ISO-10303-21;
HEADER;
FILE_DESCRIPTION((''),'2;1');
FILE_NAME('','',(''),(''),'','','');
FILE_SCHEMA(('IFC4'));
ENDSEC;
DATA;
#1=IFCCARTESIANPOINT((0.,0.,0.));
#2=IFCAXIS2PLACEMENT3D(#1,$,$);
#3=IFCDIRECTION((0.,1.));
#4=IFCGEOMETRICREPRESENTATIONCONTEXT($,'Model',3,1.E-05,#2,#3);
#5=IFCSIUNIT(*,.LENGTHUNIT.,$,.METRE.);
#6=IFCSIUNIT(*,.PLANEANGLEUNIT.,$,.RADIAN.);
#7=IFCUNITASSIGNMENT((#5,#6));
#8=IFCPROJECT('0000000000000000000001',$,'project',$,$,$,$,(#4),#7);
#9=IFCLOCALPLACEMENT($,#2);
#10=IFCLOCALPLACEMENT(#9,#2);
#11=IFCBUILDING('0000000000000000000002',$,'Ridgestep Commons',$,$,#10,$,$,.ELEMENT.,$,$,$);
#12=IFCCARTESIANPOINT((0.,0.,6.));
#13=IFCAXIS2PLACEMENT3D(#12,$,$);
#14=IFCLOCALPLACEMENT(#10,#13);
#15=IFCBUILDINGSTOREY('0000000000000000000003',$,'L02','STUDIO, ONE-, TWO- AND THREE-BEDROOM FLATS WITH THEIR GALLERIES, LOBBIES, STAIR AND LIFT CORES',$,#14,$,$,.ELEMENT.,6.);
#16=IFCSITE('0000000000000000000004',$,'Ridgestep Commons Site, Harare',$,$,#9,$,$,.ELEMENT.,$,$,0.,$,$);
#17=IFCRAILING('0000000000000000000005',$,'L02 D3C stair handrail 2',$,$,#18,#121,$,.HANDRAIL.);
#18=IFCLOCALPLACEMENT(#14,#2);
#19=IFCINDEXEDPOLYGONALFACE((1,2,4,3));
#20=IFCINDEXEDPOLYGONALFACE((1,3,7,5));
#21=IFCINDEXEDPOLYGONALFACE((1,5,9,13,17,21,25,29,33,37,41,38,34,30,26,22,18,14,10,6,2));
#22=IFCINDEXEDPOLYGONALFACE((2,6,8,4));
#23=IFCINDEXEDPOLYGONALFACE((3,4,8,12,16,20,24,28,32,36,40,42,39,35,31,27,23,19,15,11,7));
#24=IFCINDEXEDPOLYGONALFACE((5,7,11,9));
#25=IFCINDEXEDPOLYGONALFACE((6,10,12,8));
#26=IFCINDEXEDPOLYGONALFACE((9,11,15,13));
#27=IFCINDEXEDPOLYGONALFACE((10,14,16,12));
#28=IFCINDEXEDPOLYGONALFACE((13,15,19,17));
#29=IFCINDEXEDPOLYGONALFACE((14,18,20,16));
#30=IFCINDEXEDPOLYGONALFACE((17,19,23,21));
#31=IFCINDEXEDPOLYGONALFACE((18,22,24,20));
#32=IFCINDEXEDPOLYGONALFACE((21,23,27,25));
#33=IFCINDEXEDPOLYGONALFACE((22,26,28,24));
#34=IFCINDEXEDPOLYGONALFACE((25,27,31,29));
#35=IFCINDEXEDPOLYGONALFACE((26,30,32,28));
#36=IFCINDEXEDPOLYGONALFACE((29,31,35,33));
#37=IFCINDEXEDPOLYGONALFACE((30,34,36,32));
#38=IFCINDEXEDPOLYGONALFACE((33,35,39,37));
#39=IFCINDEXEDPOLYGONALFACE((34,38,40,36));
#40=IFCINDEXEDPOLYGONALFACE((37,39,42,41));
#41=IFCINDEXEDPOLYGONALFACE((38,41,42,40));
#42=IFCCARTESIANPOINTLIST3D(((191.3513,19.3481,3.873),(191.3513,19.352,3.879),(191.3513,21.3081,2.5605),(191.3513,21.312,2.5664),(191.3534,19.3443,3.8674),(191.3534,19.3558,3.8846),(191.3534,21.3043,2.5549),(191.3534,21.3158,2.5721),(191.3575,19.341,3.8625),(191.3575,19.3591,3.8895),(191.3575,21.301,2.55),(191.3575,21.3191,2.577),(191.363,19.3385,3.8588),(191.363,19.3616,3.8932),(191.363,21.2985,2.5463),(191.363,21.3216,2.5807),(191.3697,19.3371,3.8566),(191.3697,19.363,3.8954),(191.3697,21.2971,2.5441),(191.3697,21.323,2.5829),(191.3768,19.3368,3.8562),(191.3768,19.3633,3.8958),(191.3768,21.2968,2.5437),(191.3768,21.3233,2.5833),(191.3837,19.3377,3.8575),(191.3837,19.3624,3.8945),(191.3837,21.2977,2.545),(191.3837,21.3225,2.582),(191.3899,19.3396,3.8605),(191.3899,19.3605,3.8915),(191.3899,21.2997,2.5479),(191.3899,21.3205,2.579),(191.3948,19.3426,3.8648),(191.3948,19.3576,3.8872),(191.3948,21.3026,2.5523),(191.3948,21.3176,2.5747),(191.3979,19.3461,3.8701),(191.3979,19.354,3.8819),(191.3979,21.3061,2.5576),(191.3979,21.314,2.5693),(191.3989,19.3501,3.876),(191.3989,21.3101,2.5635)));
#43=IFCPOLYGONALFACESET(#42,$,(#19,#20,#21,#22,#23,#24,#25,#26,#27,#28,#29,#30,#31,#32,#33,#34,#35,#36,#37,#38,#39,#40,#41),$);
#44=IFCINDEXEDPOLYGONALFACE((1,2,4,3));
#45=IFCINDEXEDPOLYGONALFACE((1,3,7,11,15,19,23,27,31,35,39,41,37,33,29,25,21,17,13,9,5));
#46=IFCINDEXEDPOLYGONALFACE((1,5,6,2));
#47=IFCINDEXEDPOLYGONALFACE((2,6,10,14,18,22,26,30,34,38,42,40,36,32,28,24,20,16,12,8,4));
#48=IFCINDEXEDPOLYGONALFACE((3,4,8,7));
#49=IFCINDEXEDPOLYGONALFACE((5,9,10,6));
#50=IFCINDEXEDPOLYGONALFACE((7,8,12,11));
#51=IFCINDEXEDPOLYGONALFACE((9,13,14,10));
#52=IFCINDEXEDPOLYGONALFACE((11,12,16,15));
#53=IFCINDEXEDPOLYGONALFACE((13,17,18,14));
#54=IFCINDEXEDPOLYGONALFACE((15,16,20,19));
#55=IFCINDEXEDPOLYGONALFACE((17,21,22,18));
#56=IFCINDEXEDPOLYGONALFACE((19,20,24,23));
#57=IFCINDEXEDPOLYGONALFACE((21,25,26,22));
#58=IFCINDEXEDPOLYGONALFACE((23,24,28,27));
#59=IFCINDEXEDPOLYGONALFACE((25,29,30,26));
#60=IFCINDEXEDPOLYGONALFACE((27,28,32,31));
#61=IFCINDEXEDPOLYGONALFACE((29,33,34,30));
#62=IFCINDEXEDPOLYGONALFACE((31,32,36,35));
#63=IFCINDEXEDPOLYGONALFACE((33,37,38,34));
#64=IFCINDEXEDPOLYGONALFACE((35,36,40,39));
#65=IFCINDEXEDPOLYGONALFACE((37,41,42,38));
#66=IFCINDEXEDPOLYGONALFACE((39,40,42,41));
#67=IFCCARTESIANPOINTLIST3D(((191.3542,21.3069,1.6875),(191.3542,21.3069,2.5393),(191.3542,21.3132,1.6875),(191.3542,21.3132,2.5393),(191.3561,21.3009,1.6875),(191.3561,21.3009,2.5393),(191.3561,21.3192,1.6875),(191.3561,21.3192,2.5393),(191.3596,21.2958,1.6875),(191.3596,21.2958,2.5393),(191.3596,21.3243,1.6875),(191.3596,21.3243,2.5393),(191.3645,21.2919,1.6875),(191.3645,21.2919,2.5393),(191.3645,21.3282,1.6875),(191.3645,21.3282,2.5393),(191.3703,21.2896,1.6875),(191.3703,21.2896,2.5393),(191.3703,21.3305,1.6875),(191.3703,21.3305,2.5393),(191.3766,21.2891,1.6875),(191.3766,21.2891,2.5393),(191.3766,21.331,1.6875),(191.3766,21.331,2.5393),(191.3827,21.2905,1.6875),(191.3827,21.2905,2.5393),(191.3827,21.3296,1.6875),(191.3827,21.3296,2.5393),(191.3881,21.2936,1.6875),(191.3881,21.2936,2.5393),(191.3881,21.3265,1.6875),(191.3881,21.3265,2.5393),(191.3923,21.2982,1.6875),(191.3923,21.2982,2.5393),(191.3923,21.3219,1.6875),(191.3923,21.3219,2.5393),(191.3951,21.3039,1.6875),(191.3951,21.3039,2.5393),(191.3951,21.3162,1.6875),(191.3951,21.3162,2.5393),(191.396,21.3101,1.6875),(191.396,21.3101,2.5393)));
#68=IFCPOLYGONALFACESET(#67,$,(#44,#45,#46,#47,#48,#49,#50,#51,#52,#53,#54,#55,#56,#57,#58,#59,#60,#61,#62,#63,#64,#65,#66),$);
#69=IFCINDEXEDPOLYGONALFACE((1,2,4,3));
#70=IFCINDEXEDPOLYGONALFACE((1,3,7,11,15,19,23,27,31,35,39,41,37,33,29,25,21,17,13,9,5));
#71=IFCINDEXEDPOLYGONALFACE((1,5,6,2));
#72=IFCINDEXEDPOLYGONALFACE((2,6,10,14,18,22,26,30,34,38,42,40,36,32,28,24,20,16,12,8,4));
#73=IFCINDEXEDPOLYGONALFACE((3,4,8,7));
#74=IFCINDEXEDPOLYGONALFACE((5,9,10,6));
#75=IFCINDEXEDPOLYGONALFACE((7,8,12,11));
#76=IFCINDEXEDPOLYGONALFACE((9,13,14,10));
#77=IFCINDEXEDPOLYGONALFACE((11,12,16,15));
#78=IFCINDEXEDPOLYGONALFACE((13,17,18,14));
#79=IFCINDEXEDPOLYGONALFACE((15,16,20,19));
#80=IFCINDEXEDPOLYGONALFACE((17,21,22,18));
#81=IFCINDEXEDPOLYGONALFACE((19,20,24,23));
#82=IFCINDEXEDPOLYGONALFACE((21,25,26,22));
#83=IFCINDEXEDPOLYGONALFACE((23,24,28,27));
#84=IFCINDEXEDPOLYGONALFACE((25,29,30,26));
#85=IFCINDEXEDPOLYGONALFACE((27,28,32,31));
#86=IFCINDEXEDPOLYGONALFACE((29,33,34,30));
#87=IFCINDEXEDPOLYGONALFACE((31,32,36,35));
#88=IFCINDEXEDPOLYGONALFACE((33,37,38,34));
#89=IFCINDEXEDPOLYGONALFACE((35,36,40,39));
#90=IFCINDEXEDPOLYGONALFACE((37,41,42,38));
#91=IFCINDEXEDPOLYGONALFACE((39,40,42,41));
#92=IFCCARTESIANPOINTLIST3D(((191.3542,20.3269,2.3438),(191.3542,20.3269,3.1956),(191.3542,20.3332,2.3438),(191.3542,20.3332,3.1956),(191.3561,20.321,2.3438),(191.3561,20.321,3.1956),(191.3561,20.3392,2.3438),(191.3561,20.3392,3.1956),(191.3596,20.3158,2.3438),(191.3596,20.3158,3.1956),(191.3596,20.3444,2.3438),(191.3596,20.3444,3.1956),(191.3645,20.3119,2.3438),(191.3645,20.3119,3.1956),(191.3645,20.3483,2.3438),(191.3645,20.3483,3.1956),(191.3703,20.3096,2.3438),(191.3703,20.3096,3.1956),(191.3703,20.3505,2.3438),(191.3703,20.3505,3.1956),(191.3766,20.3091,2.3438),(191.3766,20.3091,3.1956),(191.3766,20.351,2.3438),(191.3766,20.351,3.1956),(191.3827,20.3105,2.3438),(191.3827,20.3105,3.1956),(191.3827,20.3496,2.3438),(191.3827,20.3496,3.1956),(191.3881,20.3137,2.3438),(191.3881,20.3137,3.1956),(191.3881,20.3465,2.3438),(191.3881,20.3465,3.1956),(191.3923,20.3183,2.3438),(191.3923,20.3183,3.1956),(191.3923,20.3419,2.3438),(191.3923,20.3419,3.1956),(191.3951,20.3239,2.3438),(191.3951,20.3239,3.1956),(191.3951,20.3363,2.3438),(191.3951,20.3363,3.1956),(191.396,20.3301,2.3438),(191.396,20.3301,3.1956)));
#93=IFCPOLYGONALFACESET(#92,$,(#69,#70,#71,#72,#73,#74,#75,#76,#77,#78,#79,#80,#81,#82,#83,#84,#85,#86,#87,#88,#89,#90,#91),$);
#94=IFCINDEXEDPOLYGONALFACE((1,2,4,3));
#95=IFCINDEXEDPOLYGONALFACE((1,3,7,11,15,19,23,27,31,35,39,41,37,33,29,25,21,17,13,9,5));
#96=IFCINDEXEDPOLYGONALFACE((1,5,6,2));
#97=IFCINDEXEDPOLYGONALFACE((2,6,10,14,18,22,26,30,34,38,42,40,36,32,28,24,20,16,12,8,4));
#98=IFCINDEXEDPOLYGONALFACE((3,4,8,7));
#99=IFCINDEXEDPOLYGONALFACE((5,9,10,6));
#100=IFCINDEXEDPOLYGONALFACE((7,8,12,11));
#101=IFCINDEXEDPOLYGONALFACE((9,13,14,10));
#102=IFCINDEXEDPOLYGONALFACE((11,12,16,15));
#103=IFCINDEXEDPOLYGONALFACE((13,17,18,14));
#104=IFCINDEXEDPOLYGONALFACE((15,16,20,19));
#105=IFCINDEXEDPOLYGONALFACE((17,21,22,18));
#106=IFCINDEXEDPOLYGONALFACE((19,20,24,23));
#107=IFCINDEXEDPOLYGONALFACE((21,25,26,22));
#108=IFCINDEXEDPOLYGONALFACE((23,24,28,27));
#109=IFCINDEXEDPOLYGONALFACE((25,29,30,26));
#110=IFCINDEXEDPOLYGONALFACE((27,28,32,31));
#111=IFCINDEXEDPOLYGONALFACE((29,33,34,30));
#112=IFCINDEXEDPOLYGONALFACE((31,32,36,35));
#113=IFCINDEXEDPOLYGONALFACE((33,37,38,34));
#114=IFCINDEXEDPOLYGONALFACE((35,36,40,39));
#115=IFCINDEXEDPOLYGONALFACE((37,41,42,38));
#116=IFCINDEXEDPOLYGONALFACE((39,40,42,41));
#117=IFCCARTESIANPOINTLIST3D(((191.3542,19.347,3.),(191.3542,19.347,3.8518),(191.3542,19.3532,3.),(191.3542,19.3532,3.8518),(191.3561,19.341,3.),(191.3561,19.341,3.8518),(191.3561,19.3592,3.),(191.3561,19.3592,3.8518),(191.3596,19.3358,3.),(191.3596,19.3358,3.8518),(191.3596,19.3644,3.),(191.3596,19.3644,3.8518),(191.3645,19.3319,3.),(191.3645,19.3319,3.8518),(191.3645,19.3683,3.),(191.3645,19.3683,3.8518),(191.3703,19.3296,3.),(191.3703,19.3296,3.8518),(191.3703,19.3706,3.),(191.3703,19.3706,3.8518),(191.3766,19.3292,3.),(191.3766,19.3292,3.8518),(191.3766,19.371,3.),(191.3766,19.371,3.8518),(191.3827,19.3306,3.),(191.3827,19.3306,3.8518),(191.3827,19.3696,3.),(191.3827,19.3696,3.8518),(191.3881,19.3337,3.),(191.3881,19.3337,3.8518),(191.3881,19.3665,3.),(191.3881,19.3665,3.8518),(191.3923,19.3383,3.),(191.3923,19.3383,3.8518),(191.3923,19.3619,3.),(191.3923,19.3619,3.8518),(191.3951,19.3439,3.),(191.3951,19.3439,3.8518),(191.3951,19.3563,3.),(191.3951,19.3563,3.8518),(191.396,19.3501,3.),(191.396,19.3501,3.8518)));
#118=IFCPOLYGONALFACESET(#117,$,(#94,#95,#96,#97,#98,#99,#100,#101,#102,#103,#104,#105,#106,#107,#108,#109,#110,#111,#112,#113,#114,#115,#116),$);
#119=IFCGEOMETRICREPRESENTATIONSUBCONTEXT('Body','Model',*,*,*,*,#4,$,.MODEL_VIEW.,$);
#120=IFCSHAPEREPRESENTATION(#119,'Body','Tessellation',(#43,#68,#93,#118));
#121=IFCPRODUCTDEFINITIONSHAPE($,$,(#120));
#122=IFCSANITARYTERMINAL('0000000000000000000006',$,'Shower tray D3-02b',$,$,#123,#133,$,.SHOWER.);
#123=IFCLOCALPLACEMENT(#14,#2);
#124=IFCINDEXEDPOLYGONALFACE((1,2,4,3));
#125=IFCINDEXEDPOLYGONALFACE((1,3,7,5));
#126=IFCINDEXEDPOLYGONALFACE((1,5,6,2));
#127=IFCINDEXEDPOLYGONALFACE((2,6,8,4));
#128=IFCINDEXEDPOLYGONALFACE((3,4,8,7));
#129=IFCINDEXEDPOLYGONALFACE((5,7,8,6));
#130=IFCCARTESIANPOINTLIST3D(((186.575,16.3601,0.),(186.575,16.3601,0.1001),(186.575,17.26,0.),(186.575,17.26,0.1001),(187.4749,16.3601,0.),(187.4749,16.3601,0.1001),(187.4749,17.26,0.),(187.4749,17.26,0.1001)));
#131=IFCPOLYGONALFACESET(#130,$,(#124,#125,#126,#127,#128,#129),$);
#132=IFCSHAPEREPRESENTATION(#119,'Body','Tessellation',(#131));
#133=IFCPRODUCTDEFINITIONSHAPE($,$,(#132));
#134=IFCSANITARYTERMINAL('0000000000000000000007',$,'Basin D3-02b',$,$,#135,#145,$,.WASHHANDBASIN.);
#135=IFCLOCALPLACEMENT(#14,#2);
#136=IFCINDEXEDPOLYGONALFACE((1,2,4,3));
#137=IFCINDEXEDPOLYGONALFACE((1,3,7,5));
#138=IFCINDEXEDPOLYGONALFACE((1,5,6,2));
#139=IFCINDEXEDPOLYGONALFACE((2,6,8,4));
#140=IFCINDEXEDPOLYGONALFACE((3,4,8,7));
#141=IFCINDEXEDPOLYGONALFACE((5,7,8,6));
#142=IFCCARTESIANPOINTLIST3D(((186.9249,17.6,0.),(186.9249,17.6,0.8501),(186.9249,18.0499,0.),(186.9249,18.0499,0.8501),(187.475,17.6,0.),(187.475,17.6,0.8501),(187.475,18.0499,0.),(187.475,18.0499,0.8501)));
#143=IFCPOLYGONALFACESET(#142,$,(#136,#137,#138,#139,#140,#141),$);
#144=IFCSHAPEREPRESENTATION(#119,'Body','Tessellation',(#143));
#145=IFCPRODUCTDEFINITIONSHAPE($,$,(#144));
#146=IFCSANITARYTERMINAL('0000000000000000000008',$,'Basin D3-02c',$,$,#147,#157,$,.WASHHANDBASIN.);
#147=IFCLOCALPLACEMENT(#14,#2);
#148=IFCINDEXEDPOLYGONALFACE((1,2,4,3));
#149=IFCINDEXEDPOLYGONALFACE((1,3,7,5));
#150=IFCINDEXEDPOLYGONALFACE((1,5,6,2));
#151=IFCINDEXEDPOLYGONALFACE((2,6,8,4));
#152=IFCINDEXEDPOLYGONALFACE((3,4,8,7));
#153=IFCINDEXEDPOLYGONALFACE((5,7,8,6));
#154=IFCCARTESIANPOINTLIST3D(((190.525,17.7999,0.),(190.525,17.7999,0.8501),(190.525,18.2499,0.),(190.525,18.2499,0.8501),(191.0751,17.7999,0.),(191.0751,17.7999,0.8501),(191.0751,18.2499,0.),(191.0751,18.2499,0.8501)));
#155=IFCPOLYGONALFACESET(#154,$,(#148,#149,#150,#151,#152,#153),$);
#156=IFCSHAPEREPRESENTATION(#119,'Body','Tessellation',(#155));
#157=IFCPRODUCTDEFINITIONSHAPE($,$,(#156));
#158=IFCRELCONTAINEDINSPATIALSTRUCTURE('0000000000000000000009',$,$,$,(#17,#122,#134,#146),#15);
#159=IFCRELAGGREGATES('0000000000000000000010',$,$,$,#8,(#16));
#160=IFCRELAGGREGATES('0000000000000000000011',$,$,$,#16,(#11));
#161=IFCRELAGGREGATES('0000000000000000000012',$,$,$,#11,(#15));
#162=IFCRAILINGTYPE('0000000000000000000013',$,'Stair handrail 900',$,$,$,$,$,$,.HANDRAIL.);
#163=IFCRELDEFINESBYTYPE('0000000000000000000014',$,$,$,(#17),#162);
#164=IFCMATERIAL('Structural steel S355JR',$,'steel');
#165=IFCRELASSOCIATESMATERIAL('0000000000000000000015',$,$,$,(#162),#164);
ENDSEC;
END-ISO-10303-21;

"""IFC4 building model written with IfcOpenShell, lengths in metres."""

from ifc_helpers import new_model, si_unit, direction, frame, origin, origin_2d, place, context, subcontext, project, spatial, rectangle, circle, extrude, material, type_object, element, save


model = new_model("IFC4")

# Units and contexts
model_context = context("Model", 3, precision=1e-05, world=origin(), true_north=direction((0.0, 1.0)))
body_context = subcontext(model_context, "Body", "Model", "MODEL_VIEW")
ifc_project = project(units=[si_unit("LENGTHUNIT", "METRE"), si_unit("PLANEANGLEUNIT", "RADIAN")], contexts=[model_context])

# Site, building, storey
site_placement = place(None, origin())
site = spatial("IfcSite", under=ifc_project, at=site_placement, Name="Ridgestep Commons Site, Harare", CompositionType="ELEMENT", RefElevation=0.0)
building_placement = place(site_placement, origin())
building = spatial("IfcBuilding", under=site, at=building_placement, Name="Ridgestep Commons", CompositionType="ELEMENT")
storey_placement = place(building_placement, frame((0.0, 0.0, 6.0)))
storey = spatial("IfcBuildingStorey", under=building, at=storey_placement, Name="L02", Description="STUDIO, ONE-, TWO- AND THREE-BEDROOM FLATS WITH THEIR GALLERIES, LOBBIES, STAIR AND LIFT CORES", CompositionType="ELEMENT", Elevation=6.0)

# Railing
ifc_material_1 = material(Name="Structural steel S355JR", Category="steel")
railing_type_1 = type_object("IfcRailingType", Name="Stair handrail 900", PredefinedType="HANDRAIL", material=ifc_material_1)
railing_1_placement = place(storey_placement, frame((191.375, 21.3101, 1.6875)))
element("IfcRailing", 1, at=railing_1_placement, inside=storey, type_object=railing_type_1, Name="L02 D3C stair handrail 2", PredefinedType="HANDRAIL", context=body_context, shape_type="SweptSolid", body=[
    extrude(circle(Radius=0.0239, at=origin_2d()), frame((0.0, 0.0, 0.876), z_axis=(0.0, -0.830902, 0.556419), x_axis=(1.0, 0.0, 0.0)), (0.0, 0.0, 1.0), 2.3589),
    extrude(circle(Radius=0.021, at=origin_2d()), origin(), (0.0, 0.0, 1.0), 0.8518),
    extrude(circle(Radius=0.021, at=origin_2d()), frame((0.0, -0.98, 0.6562)), (0.0, 0.0, 1.0), 0.8518),
    extrude(circle(Radius=0.021, at=origin_2d()), frame((0.0, -1.96, 1.3125)), (0.0, 0.0, 1.0), 0.8518),
])

# Sanitary terminals
sanitary_terminal_placement = place(storey_placement, frame((187.0249, 16.8101, 0.0), z_axis=(0.0, 0.0, 1.0), x_axis=(1.0, 0.0, 0.0)))
element("IfcSanitaryTerminal", 2, at=sanitary_terminal_placement, inside=storey, Name="Shower tray D3-02b", PredefinedType="SHOWER", context=body_context, shape_type="SweptSolid", body=[
    extrude(rectangle(XDim=0.8999, YDim=0.8999, at=origin_2d()), origin(), (0.0, 0.0, 1.0), 0.1001),
])
for number, where, z_axis, x_axis, name in (
    (3, (187.2, 17.825, 0.0), (0.0, 0.0, 1.0), (1.0, 0.0, 0.0), "Basin D3-02b"),
    (4, (190.8, 18.0249, 0.0), (0.0, 0.0, 1.0), (1.0, 0.0, 0.0), "Basin D3-02c"),
):
    element("IfcSanitaryTerminal", number, at=place(storey_placement, frame(where, z_axis=z_axis, x_axis=x_axis)), inside=storey, Name=name, PredefinedType="WASHHANDBASIN", context=body_context, shape_type="SweptSolid", body=[
        extrude(rectangle(XDim=0.55, YDim=0.45, at=origin_2d()), origin(), (0.0, 0.0, 1.0), 0.8501),
    ])

save(model, "model.ifc")
